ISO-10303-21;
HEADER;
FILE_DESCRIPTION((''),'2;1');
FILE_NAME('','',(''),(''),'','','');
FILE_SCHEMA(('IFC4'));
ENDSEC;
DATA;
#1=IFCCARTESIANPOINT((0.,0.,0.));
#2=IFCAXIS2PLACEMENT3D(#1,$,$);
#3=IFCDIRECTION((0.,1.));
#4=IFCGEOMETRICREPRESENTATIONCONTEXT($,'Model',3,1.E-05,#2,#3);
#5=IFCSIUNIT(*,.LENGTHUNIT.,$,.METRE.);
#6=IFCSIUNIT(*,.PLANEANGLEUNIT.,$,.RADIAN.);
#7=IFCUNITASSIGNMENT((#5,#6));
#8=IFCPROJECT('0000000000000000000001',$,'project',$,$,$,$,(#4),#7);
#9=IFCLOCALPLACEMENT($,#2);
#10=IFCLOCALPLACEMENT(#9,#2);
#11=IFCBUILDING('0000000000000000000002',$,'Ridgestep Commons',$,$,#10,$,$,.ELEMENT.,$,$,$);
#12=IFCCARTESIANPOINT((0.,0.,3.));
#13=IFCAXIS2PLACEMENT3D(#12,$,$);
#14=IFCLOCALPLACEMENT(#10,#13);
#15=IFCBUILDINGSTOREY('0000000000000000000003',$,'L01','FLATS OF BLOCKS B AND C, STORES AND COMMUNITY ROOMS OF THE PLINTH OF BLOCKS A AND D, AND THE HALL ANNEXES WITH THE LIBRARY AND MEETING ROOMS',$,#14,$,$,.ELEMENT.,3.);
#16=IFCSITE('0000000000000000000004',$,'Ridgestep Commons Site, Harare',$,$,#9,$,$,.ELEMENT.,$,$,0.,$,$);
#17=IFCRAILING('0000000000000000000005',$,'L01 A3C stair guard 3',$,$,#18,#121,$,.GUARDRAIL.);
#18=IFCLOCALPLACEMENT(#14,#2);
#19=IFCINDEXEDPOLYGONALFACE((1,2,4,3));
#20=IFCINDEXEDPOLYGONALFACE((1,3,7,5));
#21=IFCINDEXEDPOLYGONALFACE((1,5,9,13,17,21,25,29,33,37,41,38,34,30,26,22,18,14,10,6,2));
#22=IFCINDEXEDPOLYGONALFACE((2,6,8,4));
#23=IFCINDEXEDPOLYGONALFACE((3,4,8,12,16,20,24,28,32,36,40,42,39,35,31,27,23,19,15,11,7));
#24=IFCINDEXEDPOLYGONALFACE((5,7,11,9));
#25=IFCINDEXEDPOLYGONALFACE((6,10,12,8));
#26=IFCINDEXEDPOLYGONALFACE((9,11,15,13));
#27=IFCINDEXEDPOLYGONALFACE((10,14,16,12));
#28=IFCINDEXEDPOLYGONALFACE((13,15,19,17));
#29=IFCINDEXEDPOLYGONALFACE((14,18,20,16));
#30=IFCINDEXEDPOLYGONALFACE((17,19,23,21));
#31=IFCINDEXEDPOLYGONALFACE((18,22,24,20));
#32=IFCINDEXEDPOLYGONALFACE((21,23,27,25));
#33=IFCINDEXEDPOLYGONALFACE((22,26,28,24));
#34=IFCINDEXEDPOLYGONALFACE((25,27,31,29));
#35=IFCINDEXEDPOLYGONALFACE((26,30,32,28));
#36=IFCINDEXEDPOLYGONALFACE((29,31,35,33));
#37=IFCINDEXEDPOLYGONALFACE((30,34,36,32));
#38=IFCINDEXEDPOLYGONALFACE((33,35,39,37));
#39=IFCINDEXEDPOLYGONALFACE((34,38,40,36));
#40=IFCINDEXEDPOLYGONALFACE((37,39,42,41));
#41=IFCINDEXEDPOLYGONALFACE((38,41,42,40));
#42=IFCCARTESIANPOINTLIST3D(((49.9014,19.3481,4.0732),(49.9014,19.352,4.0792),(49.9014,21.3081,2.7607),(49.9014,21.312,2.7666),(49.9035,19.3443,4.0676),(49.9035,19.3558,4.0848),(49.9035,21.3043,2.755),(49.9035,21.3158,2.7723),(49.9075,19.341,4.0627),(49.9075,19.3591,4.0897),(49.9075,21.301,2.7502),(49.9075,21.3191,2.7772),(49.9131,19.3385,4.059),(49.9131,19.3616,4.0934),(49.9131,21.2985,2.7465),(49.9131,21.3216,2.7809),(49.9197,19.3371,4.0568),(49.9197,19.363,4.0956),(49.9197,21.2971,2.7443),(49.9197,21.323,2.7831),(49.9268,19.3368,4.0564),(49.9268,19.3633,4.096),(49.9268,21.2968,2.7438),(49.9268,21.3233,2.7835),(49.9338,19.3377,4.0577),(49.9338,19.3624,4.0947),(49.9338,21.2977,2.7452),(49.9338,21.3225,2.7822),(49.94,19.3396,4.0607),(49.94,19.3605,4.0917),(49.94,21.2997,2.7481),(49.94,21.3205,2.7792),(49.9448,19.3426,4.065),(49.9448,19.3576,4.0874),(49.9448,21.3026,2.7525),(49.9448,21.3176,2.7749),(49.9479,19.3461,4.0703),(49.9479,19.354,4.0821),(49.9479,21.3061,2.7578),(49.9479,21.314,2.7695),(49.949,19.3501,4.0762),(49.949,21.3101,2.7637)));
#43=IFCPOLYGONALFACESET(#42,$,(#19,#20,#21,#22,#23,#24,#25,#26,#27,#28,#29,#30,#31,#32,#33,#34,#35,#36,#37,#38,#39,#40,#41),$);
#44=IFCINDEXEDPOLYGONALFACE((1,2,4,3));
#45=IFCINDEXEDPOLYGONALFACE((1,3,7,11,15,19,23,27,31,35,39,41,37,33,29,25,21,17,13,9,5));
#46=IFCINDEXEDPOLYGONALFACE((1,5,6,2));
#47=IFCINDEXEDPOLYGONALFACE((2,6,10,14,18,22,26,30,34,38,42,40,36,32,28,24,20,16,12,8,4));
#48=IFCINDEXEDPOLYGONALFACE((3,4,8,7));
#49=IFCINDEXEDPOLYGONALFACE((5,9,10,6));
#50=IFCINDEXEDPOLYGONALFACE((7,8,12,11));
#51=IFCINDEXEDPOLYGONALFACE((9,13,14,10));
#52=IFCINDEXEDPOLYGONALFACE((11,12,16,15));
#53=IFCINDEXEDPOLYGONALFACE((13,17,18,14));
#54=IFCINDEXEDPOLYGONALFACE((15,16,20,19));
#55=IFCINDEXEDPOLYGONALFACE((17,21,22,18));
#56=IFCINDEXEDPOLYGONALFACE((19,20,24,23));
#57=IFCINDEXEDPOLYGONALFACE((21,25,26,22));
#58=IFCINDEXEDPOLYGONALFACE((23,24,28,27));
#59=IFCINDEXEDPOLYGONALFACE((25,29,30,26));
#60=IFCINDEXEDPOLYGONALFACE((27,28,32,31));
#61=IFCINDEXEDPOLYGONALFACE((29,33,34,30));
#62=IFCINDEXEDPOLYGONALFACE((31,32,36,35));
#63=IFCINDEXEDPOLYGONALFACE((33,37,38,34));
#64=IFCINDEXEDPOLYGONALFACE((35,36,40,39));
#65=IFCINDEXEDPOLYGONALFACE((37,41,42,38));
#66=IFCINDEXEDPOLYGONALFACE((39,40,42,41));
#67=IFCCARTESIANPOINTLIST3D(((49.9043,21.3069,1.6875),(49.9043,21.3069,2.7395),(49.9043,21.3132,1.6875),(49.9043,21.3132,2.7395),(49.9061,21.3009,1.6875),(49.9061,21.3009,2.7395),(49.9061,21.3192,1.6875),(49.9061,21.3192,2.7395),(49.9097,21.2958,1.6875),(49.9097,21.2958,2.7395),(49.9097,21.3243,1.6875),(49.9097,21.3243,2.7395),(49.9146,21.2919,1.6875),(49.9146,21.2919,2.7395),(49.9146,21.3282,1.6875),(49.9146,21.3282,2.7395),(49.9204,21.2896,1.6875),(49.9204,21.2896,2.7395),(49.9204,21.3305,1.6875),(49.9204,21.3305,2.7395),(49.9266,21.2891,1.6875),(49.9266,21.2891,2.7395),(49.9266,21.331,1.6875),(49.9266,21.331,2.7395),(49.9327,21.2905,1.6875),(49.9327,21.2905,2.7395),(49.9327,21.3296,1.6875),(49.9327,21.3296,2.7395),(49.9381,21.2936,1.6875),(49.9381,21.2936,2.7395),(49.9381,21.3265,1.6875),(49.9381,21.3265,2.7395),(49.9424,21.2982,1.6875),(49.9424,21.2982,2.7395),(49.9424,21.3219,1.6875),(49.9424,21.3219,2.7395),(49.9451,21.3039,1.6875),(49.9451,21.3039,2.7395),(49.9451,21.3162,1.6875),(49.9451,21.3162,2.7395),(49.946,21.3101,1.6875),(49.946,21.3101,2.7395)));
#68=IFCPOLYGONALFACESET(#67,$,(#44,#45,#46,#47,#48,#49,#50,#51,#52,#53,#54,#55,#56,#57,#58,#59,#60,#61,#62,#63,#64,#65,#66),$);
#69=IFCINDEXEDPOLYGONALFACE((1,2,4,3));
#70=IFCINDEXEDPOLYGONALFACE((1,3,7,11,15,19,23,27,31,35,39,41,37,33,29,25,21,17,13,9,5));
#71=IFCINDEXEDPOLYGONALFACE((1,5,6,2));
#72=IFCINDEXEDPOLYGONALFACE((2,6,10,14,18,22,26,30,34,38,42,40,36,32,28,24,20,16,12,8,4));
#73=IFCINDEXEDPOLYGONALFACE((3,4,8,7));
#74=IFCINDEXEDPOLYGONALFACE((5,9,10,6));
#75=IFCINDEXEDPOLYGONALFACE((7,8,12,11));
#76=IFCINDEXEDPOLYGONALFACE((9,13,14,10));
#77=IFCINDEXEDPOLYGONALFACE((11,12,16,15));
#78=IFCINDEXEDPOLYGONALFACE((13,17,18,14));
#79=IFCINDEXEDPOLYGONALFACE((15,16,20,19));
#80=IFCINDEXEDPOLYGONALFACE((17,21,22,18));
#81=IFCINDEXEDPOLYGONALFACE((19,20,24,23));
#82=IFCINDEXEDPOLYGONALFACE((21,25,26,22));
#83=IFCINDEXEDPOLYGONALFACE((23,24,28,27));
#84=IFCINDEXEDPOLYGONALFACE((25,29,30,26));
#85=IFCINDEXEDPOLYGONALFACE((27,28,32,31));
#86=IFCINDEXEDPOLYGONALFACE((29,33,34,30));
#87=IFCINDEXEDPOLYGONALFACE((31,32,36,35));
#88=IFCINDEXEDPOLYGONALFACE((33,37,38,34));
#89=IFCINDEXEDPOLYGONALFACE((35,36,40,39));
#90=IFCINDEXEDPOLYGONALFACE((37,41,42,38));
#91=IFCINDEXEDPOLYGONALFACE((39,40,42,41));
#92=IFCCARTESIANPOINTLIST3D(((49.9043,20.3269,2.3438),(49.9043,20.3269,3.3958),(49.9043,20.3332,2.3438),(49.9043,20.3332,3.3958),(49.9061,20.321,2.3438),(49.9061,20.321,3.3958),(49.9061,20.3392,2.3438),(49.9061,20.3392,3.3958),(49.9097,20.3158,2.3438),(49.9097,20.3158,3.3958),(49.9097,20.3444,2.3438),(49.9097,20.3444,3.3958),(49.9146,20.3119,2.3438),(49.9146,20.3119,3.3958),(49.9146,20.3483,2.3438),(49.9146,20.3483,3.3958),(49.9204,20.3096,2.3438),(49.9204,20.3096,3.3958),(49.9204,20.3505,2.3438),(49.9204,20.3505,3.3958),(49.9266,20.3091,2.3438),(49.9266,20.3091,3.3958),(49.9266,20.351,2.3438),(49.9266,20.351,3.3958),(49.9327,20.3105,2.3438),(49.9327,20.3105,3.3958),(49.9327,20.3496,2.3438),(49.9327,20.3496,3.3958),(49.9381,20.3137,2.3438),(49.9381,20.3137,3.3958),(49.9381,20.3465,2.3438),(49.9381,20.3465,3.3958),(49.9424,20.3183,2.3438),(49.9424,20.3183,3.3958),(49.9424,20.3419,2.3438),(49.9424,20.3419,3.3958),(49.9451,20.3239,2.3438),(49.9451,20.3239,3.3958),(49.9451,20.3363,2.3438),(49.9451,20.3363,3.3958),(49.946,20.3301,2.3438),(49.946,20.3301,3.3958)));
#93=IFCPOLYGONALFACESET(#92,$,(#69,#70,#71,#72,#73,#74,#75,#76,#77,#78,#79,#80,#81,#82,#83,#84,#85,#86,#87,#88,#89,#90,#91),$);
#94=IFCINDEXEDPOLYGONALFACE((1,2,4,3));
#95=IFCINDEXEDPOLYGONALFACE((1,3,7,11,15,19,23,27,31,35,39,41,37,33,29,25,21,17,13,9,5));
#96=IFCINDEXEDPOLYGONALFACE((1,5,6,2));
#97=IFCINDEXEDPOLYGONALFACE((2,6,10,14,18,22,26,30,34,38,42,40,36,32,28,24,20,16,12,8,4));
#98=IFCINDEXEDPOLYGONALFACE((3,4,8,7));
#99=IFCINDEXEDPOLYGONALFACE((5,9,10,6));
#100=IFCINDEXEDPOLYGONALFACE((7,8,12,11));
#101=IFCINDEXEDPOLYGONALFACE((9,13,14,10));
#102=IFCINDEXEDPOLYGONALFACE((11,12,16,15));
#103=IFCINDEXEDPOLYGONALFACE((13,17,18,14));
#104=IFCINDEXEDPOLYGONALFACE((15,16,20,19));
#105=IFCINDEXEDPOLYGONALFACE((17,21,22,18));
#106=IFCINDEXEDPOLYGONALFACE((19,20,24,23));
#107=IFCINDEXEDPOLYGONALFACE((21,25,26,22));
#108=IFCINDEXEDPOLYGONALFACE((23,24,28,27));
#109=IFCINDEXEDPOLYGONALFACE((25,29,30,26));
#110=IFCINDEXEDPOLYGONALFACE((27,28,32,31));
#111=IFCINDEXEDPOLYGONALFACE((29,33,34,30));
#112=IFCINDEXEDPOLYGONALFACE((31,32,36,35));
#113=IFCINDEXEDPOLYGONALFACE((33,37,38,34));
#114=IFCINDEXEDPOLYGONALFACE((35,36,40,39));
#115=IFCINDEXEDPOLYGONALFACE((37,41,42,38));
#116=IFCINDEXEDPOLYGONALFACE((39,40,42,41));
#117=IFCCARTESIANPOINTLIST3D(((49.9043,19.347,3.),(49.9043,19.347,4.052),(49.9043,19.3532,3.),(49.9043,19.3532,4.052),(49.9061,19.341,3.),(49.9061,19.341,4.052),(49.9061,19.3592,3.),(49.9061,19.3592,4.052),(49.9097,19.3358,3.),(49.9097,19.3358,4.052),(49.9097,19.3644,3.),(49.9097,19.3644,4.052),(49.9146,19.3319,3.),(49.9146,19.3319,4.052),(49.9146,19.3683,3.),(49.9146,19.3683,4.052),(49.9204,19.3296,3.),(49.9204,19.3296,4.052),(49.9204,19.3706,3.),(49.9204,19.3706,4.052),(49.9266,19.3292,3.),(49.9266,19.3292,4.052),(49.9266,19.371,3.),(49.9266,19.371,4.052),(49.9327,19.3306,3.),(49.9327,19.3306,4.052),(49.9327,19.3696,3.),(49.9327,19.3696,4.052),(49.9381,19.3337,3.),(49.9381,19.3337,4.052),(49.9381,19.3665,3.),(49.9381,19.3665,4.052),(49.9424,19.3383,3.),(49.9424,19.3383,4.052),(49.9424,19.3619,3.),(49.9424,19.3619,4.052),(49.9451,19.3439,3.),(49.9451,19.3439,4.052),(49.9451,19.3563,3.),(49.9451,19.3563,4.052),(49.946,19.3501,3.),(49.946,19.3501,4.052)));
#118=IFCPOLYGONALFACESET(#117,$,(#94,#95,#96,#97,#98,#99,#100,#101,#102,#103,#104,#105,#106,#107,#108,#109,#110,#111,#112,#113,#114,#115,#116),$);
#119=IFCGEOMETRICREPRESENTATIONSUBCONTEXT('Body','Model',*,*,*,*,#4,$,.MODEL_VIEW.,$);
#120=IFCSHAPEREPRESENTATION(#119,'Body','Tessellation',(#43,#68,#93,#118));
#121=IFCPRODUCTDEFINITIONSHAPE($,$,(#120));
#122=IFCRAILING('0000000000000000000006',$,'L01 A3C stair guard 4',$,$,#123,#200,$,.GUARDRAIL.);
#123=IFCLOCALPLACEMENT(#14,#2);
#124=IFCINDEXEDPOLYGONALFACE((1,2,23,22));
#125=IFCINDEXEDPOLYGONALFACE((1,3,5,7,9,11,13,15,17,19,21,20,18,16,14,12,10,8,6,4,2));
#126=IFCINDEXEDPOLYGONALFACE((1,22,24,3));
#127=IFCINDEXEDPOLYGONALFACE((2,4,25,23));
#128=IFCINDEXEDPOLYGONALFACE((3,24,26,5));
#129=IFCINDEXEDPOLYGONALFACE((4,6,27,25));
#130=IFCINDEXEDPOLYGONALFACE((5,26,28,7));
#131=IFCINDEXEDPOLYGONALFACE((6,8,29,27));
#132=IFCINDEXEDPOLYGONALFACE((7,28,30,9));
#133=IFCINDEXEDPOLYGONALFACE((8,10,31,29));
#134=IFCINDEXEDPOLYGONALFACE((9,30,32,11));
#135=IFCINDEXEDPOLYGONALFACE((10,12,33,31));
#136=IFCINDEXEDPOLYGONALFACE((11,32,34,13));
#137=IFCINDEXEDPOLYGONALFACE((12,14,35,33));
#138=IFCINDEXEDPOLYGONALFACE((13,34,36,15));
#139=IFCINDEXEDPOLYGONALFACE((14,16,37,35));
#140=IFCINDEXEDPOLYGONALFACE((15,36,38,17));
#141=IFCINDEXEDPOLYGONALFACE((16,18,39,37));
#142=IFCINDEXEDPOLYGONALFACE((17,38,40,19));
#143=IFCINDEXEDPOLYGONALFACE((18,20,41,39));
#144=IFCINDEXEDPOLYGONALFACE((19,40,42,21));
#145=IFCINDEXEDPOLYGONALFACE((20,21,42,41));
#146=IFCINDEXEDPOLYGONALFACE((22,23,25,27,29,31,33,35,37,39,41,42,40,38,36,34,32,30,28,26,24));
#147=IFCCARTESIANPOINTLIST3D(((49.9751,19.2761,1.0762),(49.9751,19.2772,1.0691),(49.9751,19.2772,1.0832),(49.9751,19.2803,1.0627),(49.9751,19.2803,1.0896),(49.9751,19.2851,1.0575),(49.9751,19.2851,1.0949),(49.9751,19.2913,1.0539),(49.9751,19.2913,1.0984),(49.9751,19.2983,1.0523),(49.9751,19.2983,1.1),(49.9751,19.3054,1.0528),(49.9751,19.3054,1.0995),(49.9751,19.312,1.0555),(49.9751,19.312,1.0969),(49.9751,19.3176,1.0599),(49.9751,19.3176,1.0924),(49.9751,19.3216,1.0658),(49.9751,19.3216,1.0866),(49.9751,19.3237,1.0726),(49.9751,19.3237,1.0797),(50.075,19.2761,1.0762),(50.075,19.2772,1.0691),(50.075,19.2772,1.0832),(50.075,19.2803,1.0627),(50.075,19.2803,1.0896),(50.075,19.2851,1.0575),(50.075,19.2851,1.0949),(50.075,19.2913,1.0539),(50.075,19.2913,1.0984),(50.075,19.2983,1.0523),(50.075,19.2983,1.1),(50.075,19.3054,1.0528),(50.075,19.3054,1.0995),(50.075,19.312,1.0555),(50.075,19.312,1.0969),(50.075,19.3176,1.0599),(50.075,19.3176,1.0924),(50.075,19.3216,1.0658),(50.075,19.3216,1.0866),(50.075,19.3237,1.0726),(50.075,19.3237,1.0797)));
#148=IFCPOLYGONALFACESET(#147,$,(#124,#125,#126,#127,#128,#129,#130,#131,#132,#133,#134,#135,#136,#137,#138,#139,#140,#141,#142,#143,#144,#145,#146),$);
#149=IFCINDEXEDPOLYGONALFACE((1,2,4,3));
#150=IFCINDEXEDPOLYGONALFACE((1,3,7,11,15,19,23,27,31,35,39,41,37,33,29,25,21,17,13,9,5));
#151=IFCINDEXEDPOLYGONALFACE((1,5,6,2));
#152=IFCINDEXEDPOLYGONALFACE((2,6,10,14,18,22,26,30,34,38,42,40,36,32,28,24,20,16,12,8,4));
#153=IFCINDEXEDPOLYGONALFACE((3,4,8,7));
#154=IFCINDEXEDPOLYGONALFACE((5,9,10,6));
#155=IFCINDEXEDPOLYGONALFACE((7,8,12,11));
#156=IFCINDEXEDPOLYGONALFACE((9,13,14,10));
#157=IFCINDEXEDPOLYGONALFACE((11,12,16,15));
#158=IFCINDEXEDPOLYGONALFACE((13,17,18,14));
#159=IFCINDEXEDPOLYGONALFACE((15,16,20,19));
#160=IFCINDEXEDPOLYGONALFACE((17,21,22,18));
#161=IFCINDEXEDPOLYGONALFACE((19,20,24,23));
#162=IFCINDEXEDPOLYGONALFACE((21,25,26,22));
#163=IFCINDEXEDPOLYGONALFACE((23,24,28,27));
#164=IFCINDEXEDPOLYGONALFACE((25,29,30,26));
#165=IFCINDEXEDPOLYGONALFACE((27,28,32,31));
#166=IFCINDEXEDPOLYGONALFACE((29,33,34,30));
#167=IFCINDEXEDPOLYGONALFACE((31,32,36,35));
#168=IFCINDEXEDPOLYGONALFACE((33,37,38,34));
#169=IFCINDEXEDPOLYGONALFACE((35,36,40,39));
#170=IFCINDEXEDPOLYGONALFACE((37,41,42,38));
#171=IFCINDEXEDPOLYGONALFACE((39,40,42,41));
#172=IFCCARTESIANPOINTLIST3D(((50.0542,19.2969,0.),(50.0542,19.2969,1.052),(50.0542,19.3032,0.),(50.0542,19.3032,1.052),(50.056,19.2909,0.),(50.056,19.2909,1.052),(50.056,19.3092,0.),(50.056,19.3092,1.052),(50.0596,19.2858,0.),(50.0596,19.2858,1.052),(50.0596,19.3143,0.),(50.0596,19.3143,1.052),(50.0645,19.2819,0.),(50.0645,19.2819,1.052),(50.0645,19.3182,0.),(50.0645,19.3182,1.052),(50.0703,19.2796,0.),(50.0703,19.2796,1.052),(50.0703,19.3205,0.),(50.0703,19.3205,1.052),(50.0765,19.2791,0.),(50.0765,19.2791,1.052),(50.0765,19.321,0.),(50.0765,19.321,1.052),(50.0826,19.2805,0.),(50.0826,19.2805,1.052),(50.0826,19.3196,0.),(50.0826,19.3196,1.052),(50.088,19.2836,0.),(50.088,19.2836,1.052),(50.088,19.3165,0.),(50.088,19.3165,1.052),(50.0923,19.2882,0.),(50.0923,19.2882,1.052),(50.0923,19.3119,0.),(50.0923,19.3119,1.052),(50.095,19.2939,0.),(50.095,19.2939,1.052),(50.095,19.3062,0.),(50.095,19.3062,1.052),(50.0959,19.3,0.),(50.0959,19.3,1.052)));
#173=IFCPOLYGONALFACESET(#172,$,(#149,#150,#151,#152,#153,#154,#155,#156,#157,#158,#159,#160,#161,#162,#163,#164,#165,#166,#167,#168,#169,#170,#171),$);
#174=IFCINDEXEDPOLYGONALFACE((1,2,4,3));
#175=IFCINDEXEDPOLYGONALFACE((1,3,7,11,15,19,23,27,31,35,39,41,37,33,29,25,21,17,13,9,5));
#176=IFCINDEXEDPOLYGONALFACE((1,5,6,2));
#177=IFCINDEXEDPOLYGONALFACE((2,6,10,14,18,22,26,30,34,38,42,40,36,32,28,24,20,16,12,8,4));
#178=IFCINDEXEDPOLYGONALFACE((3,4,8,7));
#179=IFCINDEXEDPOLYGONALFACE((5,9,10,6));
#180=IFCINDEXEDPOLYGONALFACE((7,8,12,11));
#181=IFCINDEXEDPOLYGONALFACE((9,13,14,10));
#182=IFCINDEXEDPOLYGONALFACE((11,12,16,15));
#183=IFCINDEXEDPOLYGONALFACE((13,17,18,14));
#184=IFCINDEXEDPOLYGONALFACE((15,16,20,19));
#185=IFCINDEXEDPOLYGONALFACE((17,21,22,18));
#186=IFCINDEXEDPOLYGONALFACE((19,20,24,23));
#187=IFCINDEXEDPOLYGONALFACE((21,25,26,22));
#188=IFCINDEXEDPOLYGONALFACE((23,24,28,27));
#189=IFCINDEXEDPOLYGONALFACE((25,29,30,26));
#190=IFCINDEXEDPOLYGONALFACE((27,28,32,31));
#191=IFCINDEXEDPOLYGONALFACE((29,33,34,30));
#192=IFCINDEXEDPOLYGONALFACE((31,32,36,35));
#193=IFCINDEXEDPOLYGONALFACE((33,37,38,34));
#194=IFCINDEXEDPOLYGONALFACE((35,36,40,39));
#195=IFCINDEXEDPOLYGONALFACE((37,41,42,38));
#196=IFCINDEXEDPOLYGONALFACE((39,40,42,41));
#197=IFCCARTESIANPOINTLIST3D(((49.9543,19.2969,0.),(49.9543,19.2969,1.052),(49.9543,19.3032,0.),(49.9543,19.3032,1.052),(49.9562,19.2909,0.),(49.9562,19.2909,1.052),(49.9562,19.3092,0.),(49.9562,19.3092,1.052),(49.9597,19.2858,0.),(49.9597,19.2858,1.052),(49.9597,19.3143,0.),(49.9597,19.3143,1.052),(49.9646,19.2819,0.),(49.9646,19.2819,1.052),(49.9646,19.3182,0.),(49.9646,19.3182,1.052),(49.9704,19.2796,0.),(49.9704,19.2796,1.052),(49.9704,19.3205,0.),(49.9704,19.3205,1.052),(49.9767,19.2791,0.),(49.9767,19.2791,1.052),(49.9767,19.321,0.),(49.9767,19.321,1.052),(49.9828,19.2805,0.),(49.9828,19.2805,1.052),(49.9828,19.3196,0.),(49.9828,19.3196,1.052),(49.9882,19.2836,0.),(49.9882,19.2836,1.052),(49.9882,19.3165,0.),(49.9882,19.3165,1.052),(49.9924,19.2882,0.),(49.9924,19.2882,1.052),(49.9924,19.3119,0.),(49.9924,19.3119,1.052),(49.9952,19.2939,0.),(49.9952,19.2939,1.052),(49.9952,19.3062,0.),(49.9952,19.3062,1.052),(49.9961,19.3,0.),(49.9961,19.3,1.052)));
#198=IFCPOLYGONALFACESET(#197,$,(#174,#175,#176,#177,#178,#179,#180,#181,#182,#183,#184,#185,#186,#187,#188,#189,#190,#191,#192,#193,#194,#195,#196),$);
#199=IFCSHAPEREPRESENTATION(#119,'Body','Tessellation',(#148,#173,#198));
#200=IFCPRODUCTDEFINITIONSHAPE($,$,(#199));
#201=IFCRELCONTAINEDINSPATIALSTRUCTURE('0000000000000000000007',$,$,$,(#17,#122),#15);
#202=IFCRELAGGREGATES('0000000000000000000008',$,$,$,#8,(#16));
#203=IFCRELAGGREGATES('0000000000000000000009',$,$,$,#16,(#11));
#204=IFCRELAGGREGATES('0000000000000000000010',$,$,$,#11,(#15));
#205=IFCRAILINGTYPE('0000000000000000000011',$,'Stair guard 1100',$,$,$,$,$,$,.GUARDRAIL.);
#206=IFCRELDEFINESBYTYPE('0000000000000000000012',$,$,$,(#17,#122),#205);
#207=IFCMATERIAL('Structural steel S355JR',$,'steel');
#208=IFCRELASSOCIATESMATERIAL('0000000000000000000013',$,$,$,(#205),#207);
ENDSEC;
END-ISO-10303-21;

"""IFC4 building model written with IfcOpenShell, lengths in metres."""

from ifc_helpers import new_model, si_unit, direction, frame, origin, origin_2d, place, context, subcontext, project, spatial, circle, extrude, material, type_object, element, save


model = new_model("IFC4")

# Units and contexts
model_context = context("Model", 3, precision=1e-05, world=origin(), true_north=direction((0.0, 1.0)))
body_context = subcontext(model_context, "Body", "Model", "MODEL_VIEW")
ifc_project = project(units=[si_unit("LENGTHUNIT", "METRE"), si_unit("PLANEANGLEUNIT", "RADIAN")], contexts=[model_context])

# Site, building, storey
site_placement = place(None, origin())
site = spatial("IfcSite", under=ifc_project, at=site_placement, Name="Ridgestep Commons Site, Harare", CompositionType="ELEMENT", RefElevation=0.0)
building_placement = place(site_placement, origin())
building = spatial("IfcBuilding", under=site, at=building_placement, Name="Ridgestep Commons", CompositionType="ELEMENT")
storey_placement = place(building_placement, frame((0.0, 0.0, 3.0)))
storey = spatial("IfcBuildingStorey", under=building, at=storey_placement, Name="L01", Description="FLATS OF BLOCKS B AND C, STORES AND COMMUNITY ROOMS OF THE PLINTH OF BLOCKS A AND D, AND THE HALL ANNEXES WITH THE LIBRARY AND MEETING ROOMS", CompositionType="ELEMENT", Elevation=3.0)

# Railings
ifc_material_1 = material(Name="Structural steel S355JR", Category="steel")
railing_type_1 = type_object("IfcRailingType", Name="Stair guard 1100", PredefinedType="GUARDRAIL", material=ifc_material_1)
railing_1_placement = place(storey_placement, frame((49.925, 21.3101, 1.6875)))
element("IfcRailing", 1, at=railing_1_placement, inside=storey, type_object=railing_type_1, Name="L01 A3C stair guard 3", PredefinedType="GUARDRAIL", context=body_context, shape_type="SweptSolid", body=[
    extrude(circle(Radius=0.0239, at=origin_2d()), frame((0.0, 0.0, 1.0762), z_axis=(0.0, -0.830902, 0.556419), x_axis=(1.0, 0.0, 0.0)), (0.0, 0.0, 1.0), 2.3589),
    extrude(circle(Radius=0.021, at=origin_2d()), origin(), (0.0, 0.0, 1.0), 1.052),
    extrude(circle(Radius=0.021, at=origin_2d()), frame((0.0, -0.98, 0.6562)), (0.0, 0.0, 1.0), 1.052),
    extrude(circle(Radius=0.021, at=origin_2d()), frame((0.0, -1.96, 1.3125)), (0.0, 0.0, 1.0), 1.052),
])
railing_2_placement = place(storey_placement, frame((50.075, 19.3, 0.0)))
element("IfcRailing", 2, at=railing_2_placement, inside=storey, type_object=railing_type_1, Name="L01 A3C stair guard 4", PredefinedType="GUARDRAIL", context=body_context, shape_type="SweptSolid", body=[
    extrude(circle(Radius=0.0239, at=origin_2d()), frame((0.0, 0.0, 1.0762), z_axis=(-1.0, 0.0, 0.0), x_axis=(0.0, -1.0, 0.0)), (0.0, 0.0, 1.0), 0.0999),
    extrude(circle(Radius=0.021, at=origin_2d()), origin(), (0.0, 0.0, 1.0), 1.052),
    extrude(circle(Radius=0.021, at=origin_2d()), frame((-0.0999, 0.0, 0.0)), (0.0, 0.0, 1.0), 1.052),
])

save(model, "model.ifc")
